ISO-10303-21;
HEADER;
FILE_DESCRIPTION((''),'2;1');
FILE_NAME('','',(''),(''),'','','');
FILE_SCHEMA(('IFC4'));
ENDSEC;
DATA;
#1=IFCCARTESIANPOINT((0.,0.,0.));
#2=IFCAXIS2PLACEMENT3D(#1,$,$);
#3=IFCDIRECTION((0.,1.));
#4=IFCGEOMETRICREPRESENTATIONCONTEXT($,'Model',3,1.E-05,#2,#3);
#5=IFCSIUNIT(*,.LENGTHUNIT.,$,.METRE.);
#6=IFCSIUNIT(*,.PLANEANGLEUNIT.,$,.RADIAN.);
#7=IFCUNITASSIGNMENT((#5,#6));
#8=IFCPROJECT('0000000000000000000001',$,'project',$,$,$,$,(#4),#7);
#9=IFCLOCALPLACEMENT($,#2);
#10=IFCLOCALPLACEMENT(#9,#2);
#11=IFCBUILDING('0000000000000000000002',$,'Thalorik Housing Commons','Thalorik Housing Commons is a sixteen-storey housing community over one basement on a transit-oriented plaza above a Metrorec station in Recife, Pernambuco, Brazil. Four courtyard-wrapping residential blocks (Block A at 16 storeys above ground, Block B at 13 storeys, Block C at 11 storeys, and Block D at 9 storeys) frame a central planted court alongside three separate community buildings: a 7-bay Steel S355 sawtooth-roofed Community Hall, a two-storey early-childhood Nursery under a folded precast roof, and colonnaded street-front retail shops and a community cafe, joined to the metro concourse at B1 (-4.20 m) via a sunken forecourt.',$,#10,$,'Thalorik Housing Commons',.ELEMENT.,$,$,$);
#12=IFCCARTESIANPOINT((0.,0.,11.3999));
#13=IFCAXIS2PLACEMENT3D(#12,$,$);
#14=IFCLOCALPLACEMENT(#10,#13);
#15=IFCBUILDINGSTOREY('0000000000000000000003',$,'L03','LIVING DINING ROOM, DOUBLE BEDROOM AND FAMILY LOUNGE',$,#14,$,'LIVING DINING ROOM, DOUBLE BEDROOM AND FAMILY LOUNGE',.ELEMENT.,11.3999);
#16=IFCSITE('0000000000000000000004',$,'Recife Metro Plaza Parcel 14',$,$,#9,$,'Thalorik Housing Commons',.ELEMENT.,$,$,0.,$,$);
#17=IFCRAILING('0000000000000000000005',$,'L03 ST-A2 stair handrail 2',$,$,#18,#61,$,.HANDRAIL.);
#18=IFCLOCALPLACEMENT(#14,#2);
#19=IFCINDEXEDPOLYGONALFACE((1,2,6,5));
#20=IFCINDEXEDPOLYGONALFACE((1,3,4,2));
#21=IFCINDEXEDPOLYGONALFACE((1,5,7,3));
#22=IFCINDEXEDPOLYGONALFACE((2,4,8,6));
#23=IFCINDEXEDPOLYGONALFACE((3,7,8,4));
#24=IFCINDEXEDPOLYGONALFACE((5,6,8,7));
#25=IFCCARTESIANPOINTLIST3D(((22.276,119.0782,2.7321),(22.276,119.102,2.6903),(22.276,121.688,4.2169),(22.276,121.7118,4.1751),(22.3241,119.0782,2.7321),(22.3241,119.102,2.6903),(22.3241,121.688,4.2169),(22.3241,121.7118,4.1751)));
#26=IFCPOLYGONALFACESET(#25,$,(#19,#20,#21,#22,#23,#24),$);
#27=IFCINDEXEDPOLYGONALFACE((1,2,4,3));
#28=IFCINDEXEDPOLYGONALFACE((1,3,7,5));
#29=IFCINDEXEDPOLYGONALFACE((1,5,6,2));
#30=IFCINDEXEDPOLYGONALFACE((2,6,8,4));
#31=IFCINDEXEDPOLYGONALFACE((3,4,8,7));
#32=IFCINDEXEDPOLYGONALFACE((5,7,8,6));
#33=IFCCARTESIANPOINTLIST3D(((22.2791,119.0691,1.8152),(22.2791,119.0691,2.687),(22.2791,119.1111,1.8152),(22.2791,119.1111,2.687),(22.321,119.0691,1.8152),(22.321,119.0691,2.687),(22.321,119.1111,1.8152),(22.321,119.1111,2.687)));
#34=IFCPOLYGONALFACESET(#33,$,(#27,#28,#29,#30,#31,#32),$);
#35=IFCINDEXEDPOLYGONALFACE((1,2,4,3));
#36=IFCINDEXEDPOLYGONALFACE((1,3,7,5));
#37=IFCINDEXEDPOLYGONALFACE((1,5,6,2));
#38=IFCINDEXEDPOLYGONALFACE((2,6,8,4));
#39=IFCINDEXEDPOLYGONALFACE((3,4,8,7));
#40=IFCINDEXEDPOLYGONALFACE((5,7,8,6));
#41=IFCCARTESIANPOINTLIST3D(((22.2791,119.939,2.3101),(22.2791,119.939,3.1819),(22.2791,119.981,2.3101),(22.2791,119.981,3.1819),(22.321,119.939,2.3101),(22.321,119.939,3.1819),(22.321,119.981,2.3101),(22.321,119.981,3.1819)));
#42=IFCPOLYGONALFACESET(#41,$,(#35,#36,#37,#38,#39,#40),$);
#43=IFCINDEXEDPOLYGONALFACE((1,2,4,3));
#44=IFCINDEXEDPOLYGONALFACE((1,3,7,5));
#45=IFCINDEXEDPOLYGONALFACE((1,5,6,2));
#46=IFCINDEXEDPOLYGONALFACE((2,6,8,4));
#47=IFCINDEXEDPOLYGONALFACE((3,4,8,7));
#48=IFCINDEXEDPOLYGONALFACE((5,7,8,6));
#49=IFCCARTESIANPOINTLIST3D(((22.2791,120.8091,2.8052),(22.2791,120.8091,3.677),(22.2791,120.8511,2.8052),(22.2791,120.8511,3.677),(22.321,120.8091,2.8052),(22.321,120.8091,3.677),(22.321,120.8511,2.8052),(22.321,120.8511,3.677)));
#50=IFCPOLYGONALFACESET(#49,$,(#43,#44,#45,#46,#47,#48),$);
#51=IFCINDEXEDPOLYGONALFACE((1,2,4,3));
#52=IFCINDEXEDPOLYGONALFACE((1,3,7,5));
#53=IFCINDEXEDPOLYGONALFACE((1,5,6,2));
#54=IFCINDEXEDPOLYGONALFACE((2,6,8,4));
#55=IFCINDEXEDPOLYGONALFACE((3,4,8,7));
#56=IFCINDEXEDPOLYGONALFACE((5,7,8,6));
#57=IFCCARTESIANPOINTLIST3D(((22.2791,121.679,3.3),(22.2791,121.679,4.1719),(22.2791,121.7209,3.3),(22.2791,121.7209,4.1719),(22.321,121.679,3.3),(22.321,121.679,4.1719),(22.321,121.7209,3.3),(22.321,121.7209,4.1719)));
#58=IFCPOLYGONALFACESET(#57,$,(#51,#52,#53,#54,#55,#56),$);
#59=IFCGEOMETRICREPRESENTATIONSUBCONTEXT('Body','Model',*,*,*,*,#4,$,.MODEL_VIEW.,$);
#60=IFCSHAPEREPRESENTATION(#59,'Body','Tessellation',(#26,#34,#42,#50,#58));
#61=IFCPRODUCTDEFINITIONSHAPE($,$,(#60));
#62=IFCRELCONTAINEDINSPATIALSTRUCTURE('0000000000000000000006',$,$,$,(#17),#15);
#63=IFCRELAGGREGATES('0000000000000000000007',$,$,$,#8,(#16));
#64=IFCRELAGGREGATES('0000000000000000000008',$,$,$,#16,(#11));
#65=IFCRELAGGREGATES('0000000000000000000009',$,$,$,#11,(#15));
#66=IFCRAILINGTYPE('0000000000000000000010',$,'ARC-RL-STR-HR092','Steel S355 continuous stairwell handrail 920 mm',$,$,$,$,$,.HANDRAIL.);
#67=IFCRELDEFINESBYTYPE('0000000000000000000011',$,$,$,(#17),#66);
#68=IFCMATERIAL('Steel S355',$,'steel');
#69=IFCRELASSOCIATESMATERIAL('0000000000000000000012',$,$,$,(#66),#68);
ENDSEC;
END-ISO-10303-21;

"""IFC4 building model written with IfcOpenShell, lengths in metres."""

from ifc_helpers import new_model, si_unit, direction, frame, origin, origin_2d, place, context, subcontext, project, spatial, rectangle, extrude, material, type_object, element, save


model = new_model("IFC4")

# Units and contexts
model_context = context("Model", 3, precision=1e-05, world=origin(), true_north=direction((0.0, 1.0)))
body_context = subcontext(model_context, "Body", "Model", "MODEL_VIEW")
ifc_project = project(units=[si_unit("LENGTHUNIT", "METRE"), si_unit("PLANEANGLEUNIT", "RADIAN")], contexts=[model_context])

# Site, building, storey
site_placement = place(None, origin())
site = spatial("IfcSite", under=ifc_project, at=site_placement, Name="Recife Metro Plaza Parcel 14", LongName="Thalorik Housing Commons", CompositionType="ELEMENT", RefElevation=0.0)
building_placement = place(site_placement, origin())
building = spatial("IfcBuilding", under=site, at=building_placement, Name="Thalorik Housing Commons", Description="Thalorik Housing Commons is a sixteen-storey housing community over one basement on a transit-oriented plaza above a Metrorec station in Recife, Pernambuco, Brazil. Four courtyard-wrapping residential blocks (Block A at 16 storeys above ground, Block B at 13 storeys, Block C at 11 storeys, and Block D at 9 storeys) frame a central planted court alongside three separate community buildings: a 7-bay Steel S355 sawtooth-roofed Community Hall, a two-storey early-childhood Nursery under a folded precast roof, and colonnaded street-front retail shops and a community cafe, joined to the metro concourse at B1 (-4.20 m) via a sunken forecourt.", LongName="Thalorik Housing Commons", CompositionType="ELEMENT")
storey_placement = place(building_placement, frame((0.0, 0.0, 11.3999)))
storey = spatial("IfcBuildingStorey", under=building, at=storey_placement, Name="L03", Description="LIVING DINING ROOM, DOUBLE BEDROOM AND FAMILY LOUNGE", LongName="LIVING DINING ROOM, DOUBLE BEDROOM AND FAMILY LOUNGE", CompositionType="ELEMENT", Elevation=11.3999)

# Shared definitions
ifc_material_1 = material(Name="Steel S355", Category="steel")

# Railing
railing_type_1 = type_object("IfcRailingType", Name="ARC-RL-STR-HR092", Description="Steel S355 continuous stairwell handrail 920 mm", PredefinedType="HANDRAIL", material=ifc_material_1)
railing_1_placement = place(storey_placement, frame((22.3, 119.0901, 1.8152)))
element("IfcRailing", 1, at=railing_1_placement, inside=storey, type_object=railing_type_1, Name="L03 ST-A2 stair handrail 2", PredefinedType="HANDRAIL", context=body_context, shape_type="SweptSolid", body=[
    extrude(rectangle(XDim=0.0481, YDim=0.0481, at=origin_2d()), frame((0.0, 0.0, 0.896), z_axis=(0.0, 0.869172, 0.494509), x_axis=(-1.0, 0.0, 0.0)), (0.0, 0.0, 1.0), 3.0027),
    extrude(rectangle(XDim=0.042, YDim=0.042, at=origin_2d()), origin(), (0.0, 0.0, 1.0), 0.8718),
    extrude(rectangle(XDim=0.042, YDim=0.042, at=origin_2d()), frame((0.0, 0.8699, 0.4949)), (0.0, 0.0, 1.0), 0.8718),
    extrude(rectangle(XDim=0.042, YDim=0.042, at=origin_2d()), frame((0.0, 1.74, 0.99)), (0.0, 0.0, 1.0), 0.8718),
    extrude(rectangle(XDim=0.042, YDim=0.042, at=origin_2d()), frame((0.0, 2.6099, 1.4849)), (0.0, 0.0, 1.0), 0.8718),
])

save(model, "model.ifc")
